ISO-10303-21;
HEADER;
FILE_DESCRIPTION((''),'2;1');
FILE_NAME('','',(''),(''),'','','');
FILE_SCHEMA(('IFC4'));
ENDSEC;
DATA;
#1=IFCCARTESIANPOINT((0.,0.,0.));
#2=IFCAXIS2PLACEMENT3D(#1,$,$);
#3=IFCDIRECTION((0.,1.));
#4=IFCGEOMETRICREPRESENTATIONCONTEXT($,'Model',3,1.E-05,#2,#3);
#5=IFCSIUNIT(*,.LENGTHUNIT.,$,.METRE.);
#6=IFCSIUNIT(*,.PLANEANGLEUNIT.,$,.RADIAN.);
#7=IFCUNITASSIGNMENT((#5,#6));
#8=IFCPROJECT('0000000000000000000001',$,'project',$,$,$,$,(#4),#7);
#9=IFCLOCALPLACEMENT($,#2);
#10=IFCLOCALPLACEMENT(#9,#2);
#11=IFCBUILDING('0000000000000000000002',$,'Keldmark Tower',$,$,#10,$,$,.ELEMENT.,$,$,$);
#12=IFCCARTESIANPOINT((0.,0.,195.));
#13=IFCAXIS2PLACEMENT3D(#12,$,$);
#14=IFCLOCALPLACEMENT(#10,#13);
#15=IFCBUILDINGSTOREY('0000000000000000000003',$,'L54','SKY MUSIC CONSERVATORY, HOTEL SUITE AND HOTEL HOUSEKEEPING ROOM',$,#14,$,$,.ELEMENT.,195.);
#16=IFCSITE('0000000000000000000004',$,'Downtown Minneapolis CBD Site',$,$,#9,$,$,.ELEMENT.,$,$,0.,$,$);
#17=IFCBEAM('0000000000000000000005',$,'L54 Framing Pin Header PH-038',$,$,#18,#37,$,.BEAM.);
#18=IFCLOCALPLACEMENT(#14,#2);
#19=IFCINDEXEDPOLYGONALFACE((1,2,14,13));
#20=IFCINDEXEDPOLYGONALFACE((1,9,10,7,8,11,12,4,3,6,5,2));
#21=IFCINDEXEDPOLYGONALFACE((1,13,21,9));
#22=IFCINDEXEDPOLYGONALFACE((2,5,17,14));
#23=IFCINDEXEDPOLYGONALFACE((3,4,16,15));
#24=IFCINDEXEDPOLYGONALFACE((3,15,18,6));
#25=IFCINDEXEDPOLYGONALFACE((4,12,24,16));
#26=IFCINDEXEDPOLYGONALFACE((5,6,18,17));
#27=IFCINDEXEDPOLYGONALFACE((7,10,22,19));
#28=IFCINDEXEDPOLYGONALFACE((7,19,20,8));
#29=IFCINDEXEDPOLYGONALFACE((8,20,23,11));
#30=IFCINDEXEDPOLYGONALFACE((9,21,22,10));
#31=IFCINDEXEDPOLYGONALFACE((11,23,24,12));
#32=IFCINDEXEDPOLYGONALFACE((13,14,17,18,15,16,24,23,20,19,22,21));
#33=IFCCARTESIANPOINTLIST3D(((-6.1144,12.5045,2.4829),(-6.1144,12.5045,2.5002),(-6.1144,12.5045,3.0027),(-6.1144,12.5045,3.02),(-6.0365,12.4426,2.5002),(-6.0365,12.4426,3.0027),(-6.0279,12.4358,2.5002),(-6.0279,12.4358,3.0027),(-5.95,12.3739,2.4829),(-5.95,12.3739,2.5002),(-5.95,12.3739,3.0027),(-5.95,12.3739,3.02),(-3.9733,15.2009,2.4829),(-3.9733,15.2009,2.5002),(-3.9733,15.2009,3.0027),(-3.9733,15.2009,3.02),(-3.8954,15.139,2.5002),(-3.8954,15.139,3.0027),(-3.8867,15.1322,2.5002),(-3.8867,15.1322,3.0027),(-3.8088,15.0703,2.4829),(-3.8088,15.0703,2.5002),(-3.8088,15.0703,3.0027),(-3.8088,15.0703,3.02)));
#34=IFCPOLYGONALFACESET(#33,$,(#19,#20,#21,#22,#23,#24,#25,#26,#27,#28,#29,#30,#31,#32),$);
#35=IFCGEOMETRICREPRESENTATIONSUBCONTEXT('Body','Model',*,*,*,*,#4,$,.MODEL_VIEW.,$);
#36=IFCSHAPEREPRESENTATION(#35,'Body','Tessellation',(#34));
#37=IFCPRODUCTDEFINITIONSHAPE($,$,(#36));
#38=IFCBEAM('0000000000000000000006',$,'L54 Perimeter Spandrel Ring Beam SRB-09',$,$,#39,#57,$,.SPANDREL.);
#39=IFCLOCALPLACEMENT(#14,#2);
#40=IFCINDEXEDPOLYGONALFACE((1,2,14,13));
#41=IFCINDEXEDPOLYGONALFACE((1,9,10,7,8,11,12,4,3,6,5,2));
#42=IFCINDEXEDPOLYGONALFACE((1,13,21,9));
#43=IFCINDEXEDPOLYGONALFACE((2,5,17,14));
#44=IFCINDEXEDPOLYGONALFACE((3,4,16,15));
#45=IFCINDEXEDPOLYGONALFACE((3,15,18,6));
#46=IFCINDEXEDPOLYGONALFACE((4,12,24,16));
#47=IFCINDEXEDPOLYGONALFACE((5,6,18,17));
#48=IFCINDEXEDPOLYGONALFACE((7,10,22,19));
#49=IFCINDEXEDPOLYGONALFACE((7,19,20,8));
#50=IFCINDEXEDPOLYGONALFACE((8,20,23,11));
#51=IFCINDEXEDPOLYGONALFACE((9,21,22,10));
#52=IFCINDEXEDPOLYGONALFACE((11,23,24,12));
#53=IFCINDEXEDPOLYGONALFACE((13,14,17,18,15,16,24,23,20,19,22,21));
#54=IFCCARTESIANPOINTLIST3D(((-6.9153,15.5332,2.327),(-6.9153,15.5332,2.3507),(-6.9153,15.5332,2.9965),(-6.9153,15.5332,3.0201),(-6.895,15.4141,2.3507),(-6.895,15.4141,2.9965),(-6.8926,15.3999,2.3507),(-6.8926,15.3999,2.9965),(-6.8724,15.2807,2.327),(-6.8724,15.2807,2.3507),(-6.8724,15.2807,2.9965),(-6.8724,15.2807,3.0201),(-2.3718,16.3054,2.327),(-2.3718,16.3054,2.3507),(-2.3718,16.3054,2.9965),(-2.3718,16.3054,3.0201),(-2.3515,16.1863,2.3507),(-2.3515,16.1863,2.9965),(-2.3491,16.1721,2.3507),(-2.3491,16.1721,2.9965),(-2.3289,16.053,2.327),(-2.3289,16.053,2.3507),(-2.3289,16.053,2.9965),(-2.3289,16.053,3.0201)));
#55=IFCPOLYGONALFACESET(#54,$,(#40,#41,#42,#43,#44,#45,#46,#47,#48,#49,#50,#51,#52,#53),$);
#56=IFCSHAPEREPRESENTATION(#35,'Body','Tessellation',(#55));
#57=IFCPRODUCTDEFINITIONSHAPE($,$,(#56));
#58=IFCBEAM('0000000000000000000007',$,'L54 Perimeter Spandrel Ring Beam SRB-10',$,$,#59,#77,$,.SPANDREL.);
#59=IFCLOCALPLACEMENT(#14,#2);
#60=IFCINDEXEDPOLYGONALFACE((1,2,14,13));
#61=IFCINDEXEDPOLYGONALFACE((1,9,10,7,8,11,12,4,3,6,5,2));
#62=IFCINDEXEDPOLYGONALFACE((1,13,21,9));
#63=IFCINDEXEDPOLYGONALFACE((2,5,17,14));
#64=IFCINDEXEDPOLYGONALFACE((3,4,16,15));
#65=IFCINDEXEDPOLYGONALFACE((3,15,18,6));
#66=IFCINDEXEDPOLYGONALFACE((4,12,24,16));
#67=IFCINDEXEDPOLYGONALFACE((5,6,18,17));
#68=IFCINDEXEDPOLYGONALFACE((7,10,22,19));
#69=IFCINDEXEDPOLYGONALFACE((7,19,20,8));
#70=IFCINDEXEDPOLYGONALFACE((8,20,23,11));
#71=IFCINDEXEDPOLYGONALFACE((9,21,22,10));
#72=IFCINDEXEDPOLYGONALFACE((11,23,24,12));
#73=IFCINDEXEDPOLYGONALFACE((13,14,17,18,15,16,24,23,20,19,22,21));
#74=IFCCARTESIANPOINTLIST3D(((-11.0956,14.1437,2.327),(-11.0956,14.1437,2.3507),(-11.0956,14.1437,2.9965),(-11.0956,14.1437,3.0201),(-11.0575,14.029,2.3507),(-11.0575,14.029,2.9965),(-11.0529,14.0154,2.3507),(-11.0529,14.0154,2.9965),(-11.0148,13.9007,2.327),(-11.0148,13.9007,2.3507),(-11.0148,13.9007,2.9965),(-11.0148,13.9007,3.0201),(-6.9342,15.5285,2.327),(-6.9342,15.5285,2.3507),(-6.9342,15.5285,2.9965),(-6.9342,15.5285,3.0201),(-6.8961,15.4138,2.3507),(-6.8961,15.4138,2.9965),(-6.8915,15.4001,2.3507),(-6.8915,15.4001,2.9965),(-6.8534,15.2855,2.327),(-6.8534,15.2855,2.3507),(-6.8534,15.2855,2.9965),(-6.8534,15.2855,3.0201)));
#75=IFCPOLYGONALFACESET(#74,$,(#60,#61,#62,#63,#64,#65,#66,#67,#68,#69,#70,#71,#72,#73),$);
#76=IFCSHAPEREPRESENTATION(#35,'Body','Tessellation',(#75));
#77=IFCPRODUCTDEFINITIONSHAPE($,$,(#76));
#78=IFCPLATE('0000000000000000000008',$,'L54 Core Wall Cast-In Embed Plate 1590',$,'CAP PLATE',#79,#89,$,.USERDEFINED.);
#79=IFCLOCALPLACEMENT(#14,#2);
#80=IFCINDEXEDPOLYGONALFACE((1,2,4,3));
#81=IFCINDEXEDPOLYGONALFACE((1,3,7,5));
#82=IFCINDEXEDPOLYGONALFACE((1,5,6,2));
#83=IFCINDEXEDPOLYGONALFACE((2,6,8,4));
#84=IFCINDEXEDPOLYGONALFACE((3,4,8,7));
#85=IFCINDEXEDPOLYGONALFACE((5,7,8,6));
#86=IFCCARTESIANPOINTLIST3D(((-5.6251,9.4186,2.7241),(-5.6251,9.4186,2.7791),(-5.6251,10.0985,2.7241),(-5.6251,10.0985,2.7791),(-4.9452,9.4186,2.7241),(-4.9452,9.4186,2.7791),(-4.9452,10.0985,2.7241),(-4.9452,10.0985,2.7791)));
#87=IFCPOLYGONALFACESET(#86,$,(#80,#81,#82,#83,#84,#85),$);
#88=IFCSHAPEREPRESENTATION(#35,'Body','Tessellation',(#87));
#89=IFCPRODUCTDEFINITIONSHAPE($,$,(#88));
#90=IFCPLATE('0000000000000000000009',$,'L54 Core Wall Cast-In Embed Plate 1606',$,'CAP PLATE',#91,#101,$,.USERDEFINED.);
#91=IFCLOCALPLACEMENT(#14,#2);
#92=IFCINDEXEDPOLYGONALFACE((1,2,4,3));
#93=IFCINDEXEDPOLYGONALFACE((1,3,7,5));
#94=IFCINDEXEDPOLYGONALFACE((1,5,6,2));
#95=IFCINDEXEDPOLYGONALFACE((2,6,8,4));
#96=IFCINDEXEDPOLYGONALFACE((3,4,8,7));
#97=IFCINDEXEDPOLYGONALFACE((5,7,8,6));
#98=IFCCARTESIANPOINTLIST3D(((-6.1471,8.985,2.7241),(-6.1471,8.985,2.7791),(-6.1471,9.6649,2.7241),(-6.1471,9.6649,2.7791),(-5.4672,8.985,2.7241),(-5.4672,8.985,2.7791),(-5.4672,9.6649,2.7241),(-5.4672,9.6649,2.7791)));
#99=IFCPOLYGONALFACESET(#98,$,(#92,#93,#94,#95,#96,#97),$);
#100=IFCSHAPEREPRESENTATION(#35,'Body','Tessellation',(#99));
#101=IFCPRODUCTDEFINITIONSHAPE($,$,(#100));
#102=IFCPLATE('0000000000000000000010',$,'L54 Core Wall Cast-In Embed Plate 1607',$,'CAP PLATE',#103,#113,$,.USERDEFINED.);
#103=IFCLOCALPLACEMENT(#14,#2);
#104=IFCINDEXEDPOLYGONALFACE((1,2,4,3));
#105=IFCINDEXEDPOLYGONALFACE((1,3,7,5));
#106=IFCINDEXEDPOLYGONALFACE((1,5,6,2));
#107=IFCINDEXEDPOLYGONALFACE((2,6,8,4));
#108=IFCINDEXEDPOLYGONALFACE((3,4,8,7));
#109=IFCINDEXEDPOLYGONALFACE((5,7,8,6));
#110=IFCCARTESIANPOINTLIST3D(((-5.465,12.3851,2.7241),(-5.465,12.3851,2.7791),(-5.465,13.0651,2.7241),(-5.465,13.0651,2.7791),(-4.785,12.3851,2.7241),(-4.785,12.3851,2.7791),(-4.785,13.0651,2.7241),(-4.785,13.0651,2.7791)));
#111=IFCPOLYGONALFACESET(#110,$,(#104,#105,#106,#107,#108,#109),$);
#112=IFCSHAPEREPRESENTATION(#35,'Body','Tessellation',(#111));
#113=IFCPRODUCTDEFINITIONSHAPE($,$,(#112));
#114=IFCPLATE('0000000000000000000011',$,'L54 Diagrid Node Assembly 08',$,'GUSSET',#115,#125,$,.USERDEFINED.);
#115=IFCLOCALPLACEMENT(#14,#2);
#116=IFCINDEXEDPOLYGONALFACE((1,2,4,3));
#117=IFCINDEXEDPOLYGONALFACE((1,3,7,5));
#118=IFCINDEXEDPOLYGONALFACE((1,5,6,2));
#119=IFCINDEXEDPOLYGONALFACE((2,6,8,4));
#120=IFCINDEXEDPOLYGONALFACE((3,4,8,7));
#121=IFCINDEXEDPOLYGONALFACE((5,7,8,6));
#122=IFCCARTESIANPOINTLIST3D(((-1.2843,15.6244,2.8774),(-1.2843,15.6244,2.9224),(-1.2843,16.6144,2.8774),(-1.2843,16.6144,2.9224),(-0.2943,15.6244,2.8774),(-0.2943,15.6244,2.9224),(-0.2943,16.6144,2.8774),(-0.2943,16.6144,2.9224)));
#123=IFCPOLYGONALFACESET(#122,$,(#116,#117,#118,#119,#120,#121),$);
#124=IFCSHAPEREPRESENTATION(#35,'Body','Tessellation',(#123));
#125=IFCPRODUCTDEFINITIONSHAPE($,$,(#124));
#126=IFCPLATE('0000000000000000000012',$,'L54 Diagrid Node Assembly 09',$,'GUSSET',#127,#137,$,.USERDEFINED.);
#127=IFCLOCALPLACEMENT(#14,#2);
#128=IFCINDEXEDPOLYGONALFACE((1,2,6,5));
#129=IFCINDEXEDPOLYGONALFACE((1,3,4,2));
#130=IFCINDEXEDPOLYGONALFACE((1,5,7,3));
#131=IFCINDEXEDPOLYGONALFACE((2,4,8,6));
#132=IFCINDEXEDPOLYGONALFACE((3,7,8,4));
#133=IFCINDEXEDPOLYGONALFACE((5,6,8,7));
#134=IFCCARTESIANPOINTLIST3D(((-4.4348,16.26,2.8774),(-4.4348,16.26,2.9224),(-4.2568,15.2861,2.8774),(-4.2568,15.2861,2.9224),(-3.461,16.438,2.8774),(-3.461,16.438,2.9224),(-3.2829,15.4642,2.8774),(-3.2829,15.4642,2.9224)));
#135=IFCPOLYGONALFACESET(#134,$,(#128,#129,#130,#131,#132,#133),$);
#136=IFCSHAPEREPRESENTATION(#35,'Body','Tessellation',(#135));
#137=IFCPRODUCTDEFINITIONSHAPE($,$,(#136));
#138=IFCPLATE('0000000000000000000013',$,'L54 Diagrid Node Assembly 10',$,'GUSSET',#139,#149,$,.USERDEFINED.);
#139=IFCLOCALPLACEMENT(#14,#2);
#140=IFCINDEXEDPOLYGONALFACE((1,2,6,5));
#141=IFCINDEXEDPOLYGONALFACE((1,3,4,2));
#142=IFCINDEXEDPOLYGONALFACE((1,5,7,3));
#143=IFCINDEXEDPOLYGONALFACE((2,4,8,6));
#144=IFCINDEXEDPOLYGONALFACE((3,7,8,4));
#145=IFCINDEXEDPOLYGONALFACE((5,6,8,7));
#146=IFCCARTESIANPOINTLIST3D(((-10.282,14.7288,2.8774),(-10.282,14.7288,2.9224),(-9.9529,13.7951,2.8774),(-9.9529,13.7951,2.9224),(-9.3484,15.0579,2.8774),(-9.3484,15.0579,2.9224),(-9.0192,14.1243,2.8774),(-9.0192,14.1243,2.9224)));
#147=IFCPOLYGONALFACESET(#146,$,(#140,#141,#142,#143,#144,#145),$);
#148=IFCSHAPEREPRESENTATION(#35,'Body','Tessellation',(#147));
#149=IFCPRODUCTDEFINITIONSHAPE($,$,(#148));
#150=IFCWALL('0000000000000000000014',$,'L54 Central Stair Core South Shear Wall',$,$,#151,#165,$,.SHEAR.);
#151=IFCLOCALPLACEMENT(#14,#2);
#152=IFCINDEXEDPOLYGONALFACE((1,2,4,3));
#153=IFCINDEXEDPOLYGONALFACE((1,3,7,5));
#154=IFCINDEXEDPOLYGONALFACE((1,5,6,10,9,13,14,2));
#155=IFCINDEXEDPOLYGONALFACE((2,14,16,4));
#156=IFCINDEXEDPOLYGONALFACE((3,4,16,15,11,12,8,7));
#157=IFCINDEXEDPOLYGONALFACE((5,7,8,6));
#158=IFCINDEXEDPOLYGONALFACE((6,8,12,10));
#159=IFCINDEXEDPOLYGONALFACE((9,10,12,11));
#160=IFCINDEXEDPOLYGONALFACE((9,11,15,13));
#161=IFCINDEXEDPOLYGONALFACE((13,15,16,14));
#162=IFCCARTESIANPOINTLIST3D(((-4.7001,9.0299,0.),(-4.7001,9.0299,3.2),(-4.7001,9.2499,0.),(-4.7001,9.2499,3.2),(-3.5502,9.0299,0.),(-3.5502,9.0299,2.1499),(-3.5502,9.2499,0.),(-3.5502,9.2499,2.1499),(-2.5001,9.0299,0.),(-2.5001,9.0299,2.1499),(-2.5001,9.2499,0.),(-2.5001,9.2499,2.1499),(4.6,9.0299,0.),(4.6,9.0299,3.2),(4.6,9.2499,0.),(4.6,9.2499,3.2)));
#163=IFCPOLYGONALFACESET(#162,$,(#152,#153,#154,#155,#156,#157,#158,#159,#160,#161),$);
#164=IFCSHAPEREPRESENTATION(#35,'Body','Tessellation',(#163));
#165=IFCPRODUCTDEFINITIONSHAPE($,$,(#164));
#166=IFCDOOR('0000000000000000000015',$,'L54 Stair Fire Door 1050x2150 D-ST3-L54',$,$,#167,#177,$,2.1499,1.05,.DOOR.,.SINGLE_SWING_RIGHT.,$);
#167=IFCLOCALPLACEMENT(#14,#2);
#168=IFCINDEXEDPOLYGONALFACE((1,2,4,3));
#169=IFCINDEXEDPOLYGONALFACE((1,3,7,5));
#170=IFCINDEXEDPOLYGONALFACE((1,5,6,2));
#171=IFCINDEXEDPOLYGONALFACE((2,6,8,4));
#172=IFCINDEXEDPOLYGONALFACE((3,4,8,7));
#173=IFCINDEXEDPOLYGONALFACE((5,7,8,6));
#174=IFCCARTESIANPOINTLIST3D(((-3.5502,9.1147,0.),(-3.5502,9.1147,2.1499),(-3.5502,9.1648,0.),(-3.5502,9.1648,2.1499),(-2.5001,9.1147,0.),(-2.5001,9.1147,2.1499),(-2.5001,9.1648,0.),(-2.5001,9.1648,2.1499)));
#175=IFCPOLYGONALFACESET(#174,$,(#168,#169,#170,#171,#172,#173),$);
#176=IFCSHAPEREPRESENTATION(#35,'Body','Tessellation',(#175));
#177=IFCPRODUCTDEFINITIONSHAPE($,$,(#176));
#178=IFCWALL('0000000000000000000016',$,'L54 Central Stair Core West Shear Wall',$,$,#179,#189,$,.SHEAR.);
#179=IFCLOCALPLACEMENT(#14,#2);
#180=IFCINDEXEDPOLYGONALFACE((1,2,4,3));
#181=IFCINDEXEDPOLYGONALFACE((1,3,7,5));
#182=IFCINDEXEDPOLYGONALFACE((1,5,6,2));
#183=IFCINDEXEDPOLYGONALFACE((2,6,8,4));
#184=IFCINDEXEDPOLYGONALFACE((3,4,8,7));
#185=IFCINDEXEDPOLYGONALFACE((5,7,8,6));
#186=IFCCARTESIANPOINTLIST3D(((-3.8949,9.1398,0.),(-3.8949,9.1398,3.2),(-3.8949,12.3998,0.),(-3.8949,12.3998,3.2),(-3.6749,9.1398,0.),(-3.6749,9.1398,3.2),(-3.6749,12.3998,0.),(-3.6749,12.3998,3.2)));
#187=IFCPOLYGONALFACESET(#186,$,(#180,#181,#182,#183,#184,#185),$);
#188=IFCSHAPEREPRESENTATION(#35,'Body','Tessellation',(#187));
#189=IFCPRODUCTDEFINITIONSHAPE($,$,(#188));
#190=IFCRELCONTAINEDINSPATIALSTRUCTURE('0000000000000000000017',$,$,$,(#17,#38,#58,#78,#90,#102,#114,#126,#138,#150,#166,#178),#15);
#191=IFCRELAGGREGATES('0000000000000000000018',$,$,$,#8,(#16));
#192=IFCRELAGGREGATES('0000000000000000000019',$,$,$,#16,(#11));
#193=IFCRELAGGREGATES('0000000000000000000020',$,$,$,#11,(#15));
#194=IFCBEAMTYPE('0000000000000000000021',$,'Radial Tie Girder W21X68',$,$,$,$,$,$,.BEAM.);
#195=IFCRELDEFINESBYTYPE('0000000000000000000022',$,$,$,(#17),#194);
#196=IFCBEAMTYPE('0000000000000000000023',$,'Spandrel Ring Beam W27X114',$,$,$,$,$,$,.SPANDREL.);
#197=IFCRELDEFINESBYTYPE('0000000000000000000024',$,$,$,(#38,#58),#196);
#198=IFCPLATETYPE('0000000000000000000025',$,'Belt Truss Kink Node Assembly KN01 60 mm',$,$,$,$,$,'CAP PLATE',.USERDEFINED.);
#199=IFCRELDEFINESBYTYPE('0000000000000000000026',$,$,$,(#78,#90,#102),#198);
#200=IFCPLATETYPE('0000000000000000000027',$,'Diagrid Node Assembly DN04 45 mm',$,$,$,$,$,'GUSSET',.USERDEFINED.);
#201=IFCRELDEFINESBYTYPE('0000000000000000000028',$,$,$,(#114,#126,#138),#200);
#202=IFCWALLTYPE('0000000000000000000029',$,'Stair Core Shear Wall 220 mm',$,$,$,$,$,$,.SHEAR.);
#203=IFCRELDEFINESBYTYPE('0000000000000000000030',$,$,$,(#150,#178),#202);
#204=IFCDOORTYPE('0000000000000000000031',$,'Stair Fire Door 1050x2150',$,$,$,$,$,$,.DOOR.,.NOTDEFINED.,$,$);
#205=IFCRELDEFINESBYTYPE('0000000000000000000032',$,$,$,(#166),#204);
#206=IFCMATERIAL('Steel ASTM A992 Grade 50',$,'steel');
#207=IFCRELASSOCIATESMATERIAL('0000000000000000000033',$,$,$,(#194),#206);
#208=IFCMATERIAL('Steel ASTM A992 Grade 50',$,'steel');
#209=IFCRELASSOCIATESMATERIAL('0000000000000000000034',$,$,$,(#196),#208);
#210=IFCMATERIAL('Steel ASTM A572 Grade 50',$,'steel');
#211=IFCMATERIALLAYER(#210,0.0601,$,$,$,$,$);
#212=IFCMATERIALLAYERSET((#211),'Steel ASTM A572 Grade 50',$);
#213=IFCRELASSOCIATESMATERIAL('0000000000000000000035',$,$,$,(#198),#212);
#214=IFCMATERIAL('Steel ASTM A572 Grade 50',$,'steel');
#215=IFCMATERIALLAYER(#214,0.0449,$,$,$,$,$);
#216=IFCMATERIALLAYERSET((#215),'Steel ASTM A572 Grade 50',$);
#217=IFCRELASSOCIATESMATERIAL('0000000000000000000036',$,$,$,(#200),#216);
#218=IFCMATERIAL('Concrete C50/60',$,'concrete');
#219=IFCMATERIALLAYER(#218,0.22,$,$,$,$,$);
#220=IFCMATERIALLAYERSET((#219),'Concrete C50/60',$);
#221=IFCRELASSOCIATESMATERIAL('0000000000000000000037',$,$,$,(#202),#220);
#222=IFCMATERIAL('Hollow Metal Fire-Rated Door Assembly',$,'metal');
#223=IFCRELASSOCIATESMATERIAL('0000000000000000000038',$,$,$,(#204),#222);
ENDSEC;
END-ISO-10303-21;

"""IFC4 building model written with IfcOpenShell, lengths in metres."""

from ifc_helpers import new_model, si_unit, direction, frame, frame_2d, origin, origin_2d, place, context, subcontext, project, spatial, rectangle, i_section, extrude, material, layer, layer_set, material_profile, profile_set, type_object, element, fill, save


model = new_model("IFC4")

# Units and contexts
model_context = context("Model", 3, precision=1e-05, world=origin(), true_north=direction((0.0, 1.0)))
body_context = subcontext(model_context, "Body", "Model", "MODEL_VIEW")
ifc_project = project(units=[si_unit("LENGTHUNIT", "METRE"), si_unit("PLANEANGLEUNIT", "RADIAN")], contexts=[model_context])

# Site, building, storey
site_placement = place(None, origin())
site = spatial("IfcSite", under=ifc_project, at=site_placement, Name="Downtown Minneapolis CBD Site", CompositionType="ELEMENT", RefElevation=0.0)
building_placement = place(site_placement, origin())
building = spatial("IfcBuilding", under=site, at=building_placement, Name="Keldmark Tower", CompositionType="ELEMENT")
storey_placement = place(building_placement, frame((0.0, 0.0, 195.0)))
storey = spatial("IfcBuildingStorey", under=building, at=storey_placement, Name="L54", Description="SKY MUSIC CONSERVATORY, HOTEL SUITE AND HOTEL HOUSEKEEPING ROOM", CompositionType="ELEMENT", Elevation=195.0)

# Beams
ifc_material_1 = material(Name="Steel ASTM A992 Grade 50", Category="steel")
ifc_material_profile_1 = material_profile(ifc_material_1, i_section(OverallWidth=0.21, OverallDepth=0.5371, WebThickness=0.011, FlangeThickness=0.0173, at=origin_2d()), Name="W21X68")
ifc_profile_set_1 = profile_set([ifc_material_profile_1], Name="Steel ASTM A992 Grade 50")
beam_type_1 = type_object("IfcBeamType", Name="Radial Tie Girder W21X68", PredefinedType="BEAM", material=ifc_profile_set_1)
beam_1_placement = place(storey_placement, frame((-6.0322, 12.4392, 2.7515), z_axis=(0.621872, 0.783119, 0.0), x_axis=(-0.783119, 0.621872, 0.0)))
element("IfcBeam", 1, at=beam_1_placement, inside=storey, type_object=beam_type_1, Name="L54 Framing Pin Header PH-038", PredefinedType="BEAM", context=body_context, shape_type="SweptSolid", body=[
    extrude(i_section(OverallWidth=0.21, OverallDepth=0.5371, WebThickness=0.011, FlangeThickness=0.0173, at=origin_2d()), origin(), (0.0, 0.0, 1.0), 3.4431),
])
ifc_material_2 = material(Name="Steel ASTM A992 Grade 50", Category="steel")
ifc_material_profile_2 = material_profile(ifc_material_2, i_section(OverallWidth=0.2561, OverallDepth=0.6931, WebThickness=0.0144, FlangeThickness=0.0237, at=origin_2d()), Name="W27X114")
ifc_profile_set_2 = profile_set([ifc_material_profile_2], Name="Steel ASTM A992 Grade 50")
beam_type_2 = type_object("IfcBeamType", Name="Spandrel Ring Beam W27X114", PredefinedType="SPANDREL", material=ifc_profile_set_2)
beam_2_placement = place(storey_placement, frame((-2.3503, 16.1792, 2.6736), z_axis=(-0.985862, -0.167559, 0.0), x_axis=(0.167559, -0.985862, 0.0)))
element("IfcBeam", 2, at=beam_2_placement, inside=storey, type_object=beam_type_2, Name="L54 Perimeter Spandrel Ring Beam SRB-09", PredefinedType="SPANDREL", context=body_context, shape_type="SweptSolid", body=[
    extrude(i_section(OverallWidth=0.2561, OverallDepth=0.6931, WebThickness=0.0144, FlangeThickness=0.0237, at=origin_2d()), origin(), (0.0, 0.0, 1.0), 4.6086),
])
beam_3_placement = place(storey_placement, frame((-6.8938, 15.407, 2.6736), z_axis=(-0.948845, -0.315743, 0.0), x_axis=(0.315743, -0.948845, 0.0)))
element("IfcBeam", 3, at=beam_3_placement, inside=storey, type_object=beam_type_2, Name="L54 Perimeter Spandrel Ring Beam SRB-10", PredefinedType="SPANDREL", context=body_context, shape_type="SweptSolid", body=[
    extrude(i_section(OverallWidth=0.2561, OverallDepth=0.6931, WebThickness=0.0144, FlangeThickness=0.0237, at=origin_2d()), origin(), (0.0, 0.0, 1.0), 4.3857),
])

# Plates
ifc_material_3 = material(Name="Steel ASTM A572 Grade 50", Category="steel")
ifc_layer_1 = layer(ifc_material_3, 0.0601)
ifc_layer_set_1 = layer_set([ifc_layer_1], Name="Steel ASTM A572 Grade 50")
plate_type_1 = type_object("IfcPlateType", Name="Belt Truss Kink Node Assembly KN01 60 mm", ElementType="CAP PLATE", PredefinedType="USERDEFINED", material=ifc_layer_set_1)
for number, where, z_axis, x_axis, name in (
    (4, (-5.2852, 9.7585, 2.7241), (0.0, 0.0, 1.0), (1.0, 0.0, 0.0), "L54 Core Wall Cast-In Embed Plate 1590"),
    (5, (-5.8071, 9.325, 2.7241), (0.0, 0.0, 1.0), (1.0, 0.0, 0.0), "L54 Core Wall Cast-In Embed Plate 1606"),
    (6, (-5.125, 12.7251, 2.7241), (0.0, 0.0, 1.0), (1.0, 0.0, 0.0), "L54 Core Wall Cast-In Embed Plate 1607"),
):
    element("IfcPlate", number, at=place(storey_placement, frame(where, z_axis=z_axis, x_axis=x_axis)), inside=storey, type_object=plate_type_1, Name=name, ObjectType="CAP PLATE", PredefinedType="USERDEFINED", context=body_context, shape_type="SweptSolid", body=[
        extrude(rectangle(XDim=0.6799, YDim=0.6799, at=origin_2d()), origin(), (0.0, 0.0, 1.0), 0.0549),
    ])
ifc_material_4 = material(Name="Steel ASTM A572 Grade 50", Category="steel")
ifc_layer_2 = layer(ifc_material_4, 0.0449)
ifc_layer_set_2 = layer_set([ifc_layer_2], Name="Steel ASTM A572 Grade 50")
plate_type_2 = type_object("IfcPlateType", Name="Diagrid Node Assembly DN04 45 mm", ElementType="GUSSET", PredefinedType="USERDEFINED", material=ifc_layer_set_2)
for number, where, z_axis, x_axis, name in (
    (7, (-0.7893, 16.1194, 2.8774), (0.0, 0.0, 1.0), (-1.0, 0.0, 0.0), "L54 Diagrid Node Assembly 08"),
    (8, (-3.8589, 15.8621, 2.8774), (0.0, 0.0, 1.0), (-0.983697, -0.179832, 0.0), "L54 Diagrid Node Assembly 09"),
    (9, (-9.6506, 14.4265, 2.8774), (0.0, 0.0, 1.0), (-0.943107, -0.33249, 0.0), "L54 Diagrid Node Assembly 10"),
):
    element("IfcPlate", number, at=place(storey_placement, frame(where, z_axis=z_axis, x_axis=x_axis)), inside=storey, type_object=plate_type_2, Name=name, ObjectType="GUSSET", PredefinedType="USERDEFINED", context=body_context, shape_type="SweptSolid", body=[
        extrude(rectangle(XDim=0.99, YDim=0.99, at=origin_2d()), origin(), (0.0, 0.0, 1.0), 0.0449),
    ])

# Wall, opening, door
ifc_material_5 = material(Name="Concrete C50/60", Category="concrete")
ifc_layer_3 = layer(ifc_material_5, 0.22)
ifc_layer_set_3 = layer_set([ifc_layer_3], Name="Concrete C50/60")
wall_type_1 = type_object("IfcWallType", Name="Stair Core Shear Wall 220 mm", PredefinedType="SHEAR", material=ifc_layer_set_3)
wall_1_placement = place(storey_placement, frame((-4.7, 9.1399, 0.0), z_axis=(0.0, 0.0, 1.0), x_axis=(1.0, 0.0, 0.0)))
wall_1 = element("IfcWall", 10, at=wall_1_placement, inside=storey, type_object=wall_type_1, Name="L54 Central Stair Core South Shear Wall", PredefinedType="SHEAR", context=body_context, shape_type="SweptSolid", body=[
    extrude(rectangle(XDim=9.3, YDim=0.22, at=frame_2d((4.6499, 0.0))), origin(), (0.0, 0.0, 1.0), 3.2),
])
opening_1_placement = place(wall_1_placement, frame((1.1499, 0.0, 0.0)))
opening_1 = element("IfcOpeningElement", 11, at=opening_1_placement, cuts=wall_1, PredefinedType="OPENING", context=body_context, shape_type="SweptSolid", body=[
    extrude(rectangle(XDim=1.05, YDim=2.1499, at=frame_2d((0.5249, 1.075))), frame((0.0, 0.1199, 0.0), z_axis=(0.0, -1.0, 0.0), x_axis=(1.0, 0.0, 0.0)), (0.0, 0.0, 1.0), 0.24),
])
ifc_material_6 = material(Name="Hollow Metal Fire-Rated Door Assembly", Category="metal")
door_type = type_object("IfcDoorType", Name="Stair Fire Door 1050x2150", OperationType="NOTDEFINED", PredefinedType="DOOR", material=ifc_material_6)
door_placement = place(opening_1_placement, origin())
door = element("IfcDoor", 12, at=door_placement, inside=storey, type_object=door_type, Name="L54 Stair Fire Door 1050x2150 D-ST3-L54", OperationType="SINGLE_SWING_RIGHT", OverallHeight=2.1499, OverallWidth=1.05, PredefinedType="DOOR", context=body_context, shape_type="SweptSolid", body=[
    extrude(rectangle(XDim=1.05, YDim=2.1499, at=frame_2d((0.5249, 1.075))), frame((0.0, 0.0249, 0.0), z_axis=(0.0, -1.0, 0.0), x_axis=(1.0, 0.0, 0.0)), (0.0, 0.0, 1.0), 0.05),
])
fill(opening_1, door)

# Wall
wall_2_placement = place(storey_placement, frame((-3.7849, 9.1399, 0.0), z_axis=(0.0, 0.0, 1.0), x_axis=(0.0, 1.0, 0.0)))
element("IfcWall", 13, at=wall_2_placement, inside=storey, type_object=wall_type_1, Name="L54 Central Stair Core West Shear Wall", PredefinedType="SHEAR", context=body_context, shape_type="SweptSolid", body=[
    extrude(rectangle(XDim=3.26, YDim=0.22, at=frame_2d((1.6299, 0.0))), origin(), (0.0, 0.0, 1.0), 3.2),
])

save(model, "model.ifc")
